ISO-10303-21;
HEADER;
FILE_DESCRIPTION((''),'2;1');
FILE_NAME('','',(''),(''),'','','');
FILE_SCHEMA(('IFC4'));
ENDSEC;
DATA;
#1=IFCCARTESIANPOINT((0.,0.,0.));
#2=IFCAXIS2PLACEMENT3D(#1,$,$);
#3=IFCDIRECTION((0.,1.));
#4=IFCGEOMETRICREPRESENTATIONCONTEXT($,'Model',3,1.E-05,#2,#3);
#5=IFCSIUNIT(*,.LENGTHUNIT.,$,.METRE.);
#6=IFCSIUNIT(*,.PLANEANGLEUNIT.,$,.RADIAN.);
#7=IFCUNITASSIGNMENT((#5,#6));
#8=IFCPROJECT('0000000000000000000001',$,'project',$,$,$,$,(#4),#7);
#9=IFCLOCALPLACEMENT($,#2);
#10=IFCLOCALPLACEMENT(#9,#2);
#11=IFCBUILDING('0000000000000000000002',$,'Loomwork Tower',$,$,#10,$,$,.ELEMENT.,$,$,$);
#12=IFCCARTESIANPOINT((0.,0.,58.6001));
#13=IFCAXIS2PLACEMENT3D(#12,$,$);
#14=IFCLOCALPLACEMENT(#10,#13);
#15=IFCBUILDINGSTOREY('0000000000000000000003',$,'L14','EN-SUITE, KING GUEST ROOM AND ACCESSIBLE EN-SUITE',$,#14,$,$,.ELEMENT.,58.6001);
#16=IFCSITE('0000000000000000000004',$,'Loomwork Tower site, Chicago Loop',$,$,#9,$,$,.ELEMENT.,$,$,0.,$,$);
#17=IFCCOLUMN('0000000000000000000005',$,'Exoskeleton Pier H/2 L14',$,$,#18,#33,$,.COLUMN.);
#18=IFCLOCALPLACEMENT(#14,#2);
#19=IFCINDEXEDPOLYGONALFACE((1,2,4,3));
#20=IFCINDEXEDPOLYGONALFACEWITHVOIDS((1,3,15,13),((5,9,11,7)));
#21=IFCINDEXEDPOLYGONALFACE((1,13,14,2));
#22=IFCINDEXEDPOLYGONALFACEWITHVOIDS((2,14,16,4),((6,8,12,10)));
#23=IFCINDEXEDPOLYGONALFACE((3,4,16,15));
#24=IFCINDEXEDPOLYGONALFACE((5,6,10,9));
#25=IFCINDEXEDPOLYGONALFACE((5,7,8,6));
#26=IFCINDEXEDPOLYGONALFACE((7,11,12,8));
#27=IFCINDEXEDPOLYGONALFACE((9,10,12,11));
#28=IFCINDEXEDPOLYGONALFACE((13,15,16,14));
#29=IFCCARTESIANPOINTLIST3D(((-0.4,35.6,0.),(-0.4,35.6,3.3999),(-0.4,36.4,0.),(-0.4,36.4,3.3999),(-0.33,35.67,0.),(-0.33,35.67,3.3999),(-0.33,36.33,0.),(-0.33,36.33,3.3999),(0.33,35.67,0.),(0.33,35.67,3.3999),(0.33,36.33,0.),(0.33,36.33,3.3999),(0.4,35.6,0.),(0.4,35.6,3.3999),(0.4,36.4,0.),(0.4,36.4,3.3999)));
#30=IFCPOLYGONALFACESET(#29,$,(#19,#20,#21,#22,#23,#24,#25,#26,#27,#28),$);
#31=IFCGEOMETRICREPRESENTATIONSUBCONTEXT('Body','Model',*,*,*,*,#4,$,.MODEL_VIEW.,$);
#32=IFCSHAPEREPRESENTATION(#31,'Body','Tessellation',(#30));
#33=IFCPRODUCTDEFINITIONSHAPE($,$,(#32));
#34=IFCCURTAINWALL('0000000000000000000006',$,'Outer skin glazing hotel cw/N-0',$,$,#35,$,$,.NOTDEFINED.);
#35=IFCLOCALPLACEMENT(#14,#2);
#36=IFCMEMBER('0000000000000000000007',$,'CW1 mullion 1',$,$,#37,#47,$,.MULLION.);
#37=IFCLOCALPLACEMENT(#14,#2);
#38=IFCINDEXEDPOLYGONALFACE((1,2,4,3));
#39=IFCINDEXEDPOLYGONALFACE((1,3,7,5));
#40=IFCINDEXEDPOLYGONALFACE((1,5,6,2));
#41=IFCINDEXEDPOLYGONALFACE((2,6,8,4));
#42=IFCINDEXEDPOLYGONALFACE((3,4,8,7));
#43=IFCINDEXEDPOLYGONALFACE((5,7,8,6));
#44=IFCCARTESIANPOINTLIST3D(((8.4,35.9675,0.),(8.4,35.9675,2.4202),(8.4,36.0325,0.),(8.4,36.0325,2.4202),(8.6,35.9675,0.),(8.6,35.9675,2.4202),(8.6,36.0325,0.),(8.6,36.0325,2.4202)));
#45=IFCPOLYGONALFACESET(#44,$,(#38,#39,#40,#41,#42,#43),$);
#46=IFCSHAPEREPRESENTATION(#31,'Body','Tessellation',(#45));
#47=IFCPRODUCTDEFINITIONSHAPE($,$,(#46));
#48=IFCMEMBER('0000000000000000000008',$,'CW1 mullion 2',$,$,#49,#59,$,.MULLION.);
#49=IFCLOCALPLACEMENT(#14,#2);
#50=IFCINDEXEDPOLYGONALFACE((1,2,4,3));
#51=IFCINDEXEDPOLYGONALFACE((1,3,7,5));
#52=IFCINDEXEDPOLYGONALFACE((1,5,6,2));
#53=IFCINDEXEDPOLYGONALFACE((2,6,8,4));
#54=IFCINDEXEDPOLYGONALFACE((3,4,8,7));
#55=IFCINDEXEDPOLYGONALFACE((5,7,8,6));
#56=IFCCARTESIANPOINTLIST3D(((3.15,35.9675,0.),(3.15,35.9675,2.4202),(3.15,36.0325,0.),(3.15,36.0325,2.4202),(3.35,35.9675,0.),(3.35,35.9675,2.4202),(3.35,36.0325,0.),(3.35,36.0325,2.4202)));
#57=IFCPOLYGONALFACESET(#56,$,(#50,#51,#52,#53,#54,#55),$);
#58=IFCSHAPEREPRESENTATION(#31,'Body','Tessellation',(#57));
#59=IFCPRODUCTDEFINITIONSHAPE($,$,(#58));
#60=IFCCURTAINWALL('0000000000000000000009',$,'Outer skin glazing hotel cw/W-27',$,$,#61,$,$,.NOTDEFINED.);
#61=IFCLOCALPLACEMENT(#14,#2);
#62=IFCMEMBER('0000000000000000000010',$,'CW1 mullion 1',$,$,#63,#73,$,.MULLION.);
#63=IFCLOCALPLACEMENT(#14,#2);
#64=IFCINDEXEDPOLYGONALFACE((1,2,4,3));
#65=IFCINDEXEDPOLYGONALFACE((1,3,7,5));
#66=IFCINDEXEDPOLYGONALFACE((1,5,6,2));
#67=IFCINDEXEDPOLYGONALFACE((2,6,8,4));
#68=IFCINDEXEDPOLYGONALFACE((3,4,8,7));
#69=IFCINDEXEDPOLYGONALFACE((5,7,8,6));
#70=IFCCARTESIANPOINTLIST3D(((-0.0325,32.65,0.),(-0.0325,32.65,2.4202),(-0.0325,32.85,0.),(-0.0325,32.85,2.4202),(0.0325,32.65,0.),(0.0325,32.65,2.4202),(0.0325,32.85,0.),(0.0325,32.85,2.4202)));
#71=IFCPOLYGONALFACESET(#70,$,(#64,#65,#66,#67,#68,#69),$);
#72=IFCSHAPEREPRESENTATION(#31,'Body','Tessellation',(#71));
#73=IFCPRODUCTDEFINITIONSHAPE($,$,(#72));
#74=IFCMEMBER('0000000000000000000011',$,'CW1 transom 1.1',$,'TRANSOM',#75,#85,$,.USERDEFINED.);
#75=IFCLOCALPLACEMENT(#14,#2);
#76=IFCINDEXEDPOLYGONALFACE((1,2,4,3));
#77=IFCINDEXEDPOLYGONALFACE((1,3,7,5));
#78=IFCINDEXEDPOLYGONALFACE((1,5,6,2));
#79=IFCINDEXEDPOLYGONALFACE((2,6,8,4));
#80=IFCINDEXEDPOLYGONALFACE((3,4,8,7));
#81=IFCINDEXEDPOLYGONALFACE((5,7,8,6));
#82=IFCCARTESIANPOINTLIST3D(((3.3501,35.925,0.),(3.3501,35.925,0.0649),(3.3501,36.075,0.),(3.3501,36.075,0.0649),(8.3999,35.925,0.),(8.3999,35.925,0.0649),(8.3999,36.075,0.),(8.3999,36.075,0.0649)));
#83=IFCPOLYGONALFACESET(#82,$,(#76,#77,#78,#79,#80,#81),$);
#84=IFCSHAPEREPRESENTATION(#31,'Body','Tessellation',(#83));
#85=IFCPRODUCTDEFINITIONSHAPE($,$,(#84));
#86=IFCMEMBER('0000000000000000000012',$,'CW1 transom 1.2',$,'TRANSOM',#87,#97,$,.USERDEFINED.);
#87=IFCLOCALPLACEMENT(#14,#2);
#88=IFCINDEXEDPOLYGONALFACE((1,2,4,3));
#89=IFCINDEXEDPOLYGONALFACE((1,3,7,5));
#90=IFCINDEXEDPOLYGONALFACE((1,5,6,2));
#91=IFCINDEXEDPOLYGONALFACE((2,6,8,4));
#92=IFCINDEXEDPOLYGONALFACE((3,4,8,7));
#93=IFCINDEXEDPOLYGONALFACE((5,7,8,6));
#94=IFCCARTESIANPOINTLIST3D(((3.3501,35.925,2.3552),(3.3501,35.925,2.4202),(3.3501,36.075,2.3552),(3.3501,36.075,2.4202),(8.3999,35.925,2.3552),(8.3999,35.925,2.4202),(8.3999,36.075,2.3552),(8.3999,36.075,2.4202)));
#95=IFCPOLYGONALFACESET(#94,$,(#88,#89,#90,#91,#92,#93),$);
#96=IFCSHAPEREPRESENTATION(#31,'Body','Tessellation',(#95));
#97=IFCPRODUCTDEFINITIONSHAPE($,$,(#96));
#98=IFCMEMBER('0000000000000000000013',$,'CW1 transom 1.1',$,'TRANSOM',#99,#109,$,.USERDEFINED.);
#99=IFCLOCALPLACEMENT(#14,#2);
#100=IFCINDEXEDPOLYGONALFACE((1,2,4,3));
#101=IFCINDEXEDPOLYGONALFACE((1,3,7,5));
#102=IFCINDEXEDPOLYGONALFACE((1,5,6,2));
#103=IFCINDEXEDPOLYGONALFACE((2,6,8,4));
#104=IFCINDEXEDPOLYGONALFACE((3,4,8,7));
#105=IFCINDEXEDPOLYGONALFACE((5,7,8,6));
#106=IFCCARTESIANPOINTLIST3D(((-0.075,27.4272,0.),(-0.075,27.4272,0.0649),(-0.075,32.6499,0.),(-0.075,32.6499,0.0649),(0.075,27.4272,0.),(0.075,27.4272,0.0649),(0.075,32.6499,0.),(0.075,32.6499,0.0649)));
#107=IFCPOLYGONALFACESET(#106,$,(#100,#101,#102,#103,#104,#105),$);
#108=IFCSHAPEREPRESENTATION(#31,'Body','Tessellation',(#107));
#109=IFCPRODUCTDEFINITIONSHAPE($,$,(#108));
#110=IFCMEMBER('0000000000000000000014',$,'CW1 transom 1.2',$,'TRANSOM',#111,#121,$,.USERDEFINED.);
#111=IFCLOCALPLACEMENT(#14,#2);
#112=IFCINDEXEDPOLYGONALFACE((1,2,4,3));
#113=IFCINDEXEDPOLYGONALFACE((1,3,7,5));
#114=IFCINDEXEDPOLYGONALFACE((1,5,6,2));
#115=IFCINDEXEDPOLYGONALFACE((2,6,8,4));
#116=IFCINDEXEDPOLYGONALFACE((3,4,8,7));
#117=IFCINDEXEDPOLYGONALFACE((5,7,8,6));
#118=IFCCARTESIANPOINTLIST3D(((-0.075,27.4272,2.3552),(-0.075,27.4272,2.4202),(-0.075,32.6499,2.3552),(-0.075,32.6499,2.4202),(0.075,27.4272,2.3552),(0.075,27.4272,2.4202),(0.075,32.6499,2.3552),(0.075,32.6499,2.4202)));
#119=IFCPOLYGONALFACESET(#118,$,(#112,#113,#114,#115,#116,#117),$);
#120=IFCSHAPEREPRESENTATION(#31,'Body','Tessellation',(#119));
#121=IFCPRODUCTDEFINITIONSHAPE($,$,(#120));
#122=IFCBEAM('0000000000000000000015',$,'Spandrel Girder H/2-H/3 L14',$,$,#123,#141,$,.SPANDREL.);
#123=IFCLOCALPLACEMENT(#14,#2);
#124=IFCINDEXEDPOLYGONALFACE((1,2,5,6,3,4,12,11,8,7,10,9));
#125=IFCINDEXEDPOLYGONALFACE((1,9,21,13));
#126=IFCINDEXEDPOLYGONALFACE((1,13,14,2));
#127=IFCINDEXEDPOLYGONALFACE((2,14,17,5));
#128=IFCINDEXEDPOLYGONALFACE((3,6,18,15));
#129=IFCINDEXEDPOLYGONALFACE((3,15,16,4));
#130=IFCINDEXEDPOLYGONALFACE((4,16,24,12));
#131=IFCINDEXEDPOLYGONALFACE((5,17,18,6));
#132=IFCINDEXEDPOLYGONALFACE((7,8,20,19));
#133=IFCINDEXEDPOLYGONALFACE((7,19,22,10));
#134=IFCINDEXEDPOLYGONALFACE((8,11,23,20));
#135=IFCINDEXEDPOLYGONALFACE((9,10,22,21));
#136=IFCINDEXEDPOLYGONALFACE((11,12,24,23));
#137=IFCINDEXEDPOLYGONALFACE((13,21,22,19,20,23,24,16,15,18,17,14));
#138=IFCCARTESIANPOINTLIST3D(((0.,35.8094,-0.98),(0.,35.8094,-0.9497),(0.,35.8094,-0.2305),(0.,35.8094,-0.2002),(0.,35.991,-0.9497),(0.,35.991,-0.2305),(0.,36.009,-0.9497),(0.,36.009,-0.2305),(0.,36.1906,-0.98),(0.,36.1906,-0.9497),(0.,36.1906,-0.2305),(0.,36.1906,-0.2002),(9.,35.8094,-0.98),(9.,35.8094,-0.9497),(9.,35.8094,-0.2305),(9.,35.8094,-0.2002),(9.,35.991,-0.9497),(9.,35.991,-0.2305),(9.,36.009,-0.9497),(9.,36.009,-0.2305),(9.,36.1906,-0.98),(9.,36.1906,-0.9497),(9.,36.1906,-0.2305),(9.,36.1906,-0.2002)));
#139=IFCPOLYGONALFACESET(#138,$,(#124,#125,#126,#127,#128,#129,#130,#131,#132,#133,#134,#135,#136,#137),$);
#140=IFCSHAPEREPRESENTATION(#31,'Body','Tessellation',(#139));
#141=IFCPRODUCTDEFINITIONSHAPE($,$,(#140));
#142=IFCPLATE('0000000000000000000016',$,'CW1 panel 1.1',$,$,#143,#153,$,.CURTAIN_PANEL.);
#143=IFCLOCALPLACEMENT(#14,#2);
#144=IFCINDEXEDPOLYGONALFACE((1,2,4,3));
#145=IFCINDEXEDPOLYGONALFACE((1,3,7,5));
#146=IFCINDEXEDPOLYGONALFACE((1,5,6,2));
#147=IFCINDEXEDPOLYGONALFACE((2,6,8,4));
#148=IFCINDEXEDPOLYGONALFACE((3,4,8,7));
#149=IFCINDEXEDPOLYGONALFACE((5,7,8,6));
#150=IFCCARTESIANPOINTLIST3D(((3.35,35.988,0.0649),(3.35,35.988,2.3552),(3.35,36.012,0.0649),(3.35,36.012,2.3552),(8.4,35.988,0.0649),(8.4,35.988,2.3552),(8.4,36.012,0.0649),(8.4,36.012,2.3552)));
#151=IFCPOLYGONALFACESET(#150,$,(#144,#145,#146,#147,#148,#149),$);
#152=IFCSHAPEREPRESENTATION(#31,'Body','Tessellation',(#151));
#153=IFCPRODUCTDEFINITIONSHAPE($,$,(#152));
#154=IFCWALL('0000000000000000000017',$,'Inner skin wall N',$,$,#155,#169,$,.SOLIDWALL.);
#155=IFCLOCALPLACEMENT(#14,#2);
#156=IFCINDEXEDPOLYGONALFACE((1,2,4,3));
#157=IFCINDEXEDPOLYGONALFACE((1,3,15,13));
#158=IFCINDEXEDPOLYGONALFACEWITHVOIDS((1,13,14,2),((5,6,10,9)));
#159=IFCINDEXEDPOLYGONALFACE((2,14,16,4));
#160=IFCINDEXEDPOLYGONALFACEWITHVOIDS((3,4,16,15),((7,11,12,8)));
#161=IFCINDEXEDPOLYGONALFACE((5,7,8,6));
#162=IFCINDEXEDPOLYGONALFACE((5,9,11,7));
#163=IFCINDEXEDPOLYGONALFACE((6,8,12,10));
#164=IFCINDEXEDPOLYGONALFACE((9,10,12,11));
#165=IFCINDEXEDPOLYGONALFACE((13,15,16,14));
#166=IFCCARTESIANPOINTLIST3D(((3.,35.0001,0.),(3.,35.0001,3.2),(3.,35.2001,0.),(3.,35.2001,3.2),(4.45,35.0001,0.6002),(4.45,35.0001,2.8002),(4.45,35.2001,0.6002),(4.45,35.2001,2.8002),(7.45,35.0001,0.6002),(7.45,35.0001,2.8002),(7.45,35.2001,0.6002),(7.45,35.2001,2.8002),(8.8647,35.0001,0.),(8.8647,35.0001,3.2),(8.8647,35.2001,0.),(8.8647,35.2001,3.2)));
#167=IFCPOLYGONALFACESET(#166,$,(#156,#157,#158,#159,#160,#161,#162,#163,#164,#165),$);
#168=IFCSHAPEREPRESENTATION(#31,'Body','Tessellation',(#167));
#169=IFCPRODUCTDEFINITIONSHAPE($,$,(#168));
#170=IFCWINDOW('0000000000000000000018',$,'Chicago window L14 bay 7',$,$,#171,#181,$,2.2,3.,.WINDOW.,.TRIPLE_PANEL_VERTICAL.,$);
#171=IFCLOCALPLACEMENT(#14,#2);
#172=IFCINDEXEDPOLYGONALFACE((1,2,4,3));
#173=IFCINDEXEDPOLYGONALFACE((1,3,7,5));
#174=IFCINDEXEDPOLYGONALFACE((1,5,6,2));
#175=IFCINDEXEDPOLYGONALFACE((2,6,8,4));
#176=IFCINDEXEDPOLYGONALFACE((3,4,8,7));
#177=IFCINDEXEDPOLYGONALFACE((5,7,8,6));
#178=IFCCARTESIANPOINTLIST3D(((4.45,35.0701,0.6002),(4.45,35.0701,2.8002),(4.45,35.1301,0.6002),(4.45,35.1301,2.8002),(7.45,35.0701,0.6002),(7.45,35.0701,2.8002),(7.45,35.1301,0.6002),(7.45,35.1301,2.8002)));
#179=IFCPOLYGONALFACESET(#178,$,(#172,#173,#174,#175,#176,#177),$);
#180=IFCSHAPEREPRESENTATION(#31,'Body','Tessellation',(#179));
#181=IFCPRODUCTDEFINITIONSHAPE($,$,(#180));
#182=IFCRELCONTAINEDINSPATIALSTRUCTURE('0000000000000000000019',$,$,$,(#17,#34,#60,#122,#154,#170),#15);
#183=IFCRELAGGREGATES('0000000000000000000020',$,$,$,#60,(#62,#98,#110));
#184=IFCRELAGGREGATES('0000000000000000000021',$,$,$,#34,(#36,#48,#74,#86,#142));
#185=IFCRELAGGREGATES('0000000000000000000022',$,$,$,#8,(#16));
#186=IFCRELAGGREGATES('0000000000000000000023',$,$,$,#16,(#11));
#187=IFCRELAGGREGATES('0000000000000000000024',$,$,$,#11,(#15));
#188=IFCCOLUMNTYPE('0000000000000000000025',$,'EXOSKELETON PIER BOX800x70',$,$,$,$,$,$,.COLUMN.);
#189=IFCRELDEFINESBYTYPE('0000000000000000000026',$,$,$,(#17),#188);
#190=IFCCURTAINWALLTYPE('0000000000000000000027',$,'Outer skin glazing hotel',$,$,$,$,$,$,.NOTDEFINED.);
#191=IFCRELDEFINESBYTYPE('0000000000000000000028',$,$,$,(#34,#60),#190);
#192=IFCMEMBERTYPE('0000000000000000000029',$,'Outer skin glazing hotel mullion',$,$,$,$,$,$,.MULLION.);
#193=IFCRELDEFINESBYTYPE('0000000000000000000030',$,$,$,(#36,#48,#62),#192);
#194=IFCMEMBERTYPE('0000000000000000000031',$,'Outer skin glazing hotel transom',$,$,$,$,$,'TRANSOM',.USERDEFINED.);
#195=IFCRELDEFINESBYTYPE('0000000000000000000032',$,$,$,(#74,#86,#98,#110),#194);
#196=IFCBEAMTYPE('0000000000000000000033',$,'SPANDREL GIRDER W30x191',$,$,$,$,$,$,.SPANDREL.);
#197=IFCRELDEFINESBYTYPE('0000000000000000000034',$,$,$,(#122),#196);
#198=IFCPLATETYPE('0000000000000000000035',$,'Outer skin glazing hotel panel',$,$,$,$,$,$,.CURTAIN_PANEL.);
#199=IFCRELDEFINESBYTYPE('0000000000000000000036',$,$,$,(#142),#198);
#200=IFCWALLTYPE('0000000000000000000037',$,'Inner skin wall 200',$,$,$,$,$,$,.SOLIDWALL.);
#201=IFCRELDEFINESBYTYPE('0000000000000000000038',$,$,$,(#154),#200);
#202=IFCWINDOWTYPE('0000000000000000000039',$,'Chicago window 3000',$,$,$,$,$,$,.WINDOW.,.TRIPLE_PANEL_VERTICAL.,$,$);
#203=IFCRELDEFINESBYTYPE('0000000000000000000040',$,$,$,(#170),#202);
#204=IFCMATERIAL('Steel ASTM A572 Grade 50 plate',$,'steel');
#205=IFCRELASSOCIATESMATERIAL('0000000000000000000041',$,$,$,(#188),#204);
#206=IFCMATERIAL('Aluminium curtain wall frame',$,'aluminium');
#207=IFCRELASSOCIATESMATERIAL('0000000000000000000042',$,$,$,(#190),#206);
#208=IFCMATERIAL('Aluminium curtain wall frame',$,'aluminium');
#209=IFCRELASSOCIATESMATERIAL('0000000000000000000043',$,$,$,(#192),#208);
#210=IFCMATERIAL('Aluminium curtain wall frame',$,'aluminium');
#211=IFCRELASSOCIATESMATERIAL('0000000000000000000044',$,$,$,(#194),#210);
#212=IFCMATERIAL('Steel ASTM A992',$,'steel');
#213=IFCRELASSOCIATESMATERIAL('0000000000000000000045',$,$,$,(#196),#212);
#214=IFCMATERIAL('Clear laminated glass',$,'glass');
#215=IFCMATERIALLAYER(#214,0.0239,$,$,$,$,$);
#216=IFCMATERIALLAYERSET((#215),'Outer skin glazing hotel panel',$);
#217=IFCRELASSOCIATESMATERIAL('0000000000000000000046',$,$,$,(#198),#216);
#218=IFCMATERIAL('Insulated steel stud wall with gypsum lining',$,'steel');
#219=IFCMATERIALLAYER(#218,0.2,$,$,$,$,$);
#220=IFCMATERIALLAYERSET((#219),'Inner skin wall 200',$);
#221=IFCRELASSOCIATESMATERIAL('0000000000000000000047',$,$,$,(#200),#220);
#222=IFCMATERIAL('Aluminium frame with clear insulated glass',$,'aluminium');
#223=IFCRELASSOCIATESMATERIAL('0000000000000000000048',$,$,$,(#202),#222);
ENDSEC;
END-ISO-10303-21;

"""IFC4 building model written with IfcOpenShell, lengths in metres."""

from ifc_helpers import new_model, si_unit, direction, frame, frame_2d, origin, origin_2d, place, context, subcontext, project, spatial, rectangle, hollow_rectangle, i_section, extrude, material, layer, layer_set, material_profile, profile_set, type_object, element, fill, aggregate, save


model = new_model("IFC4")

# Units and contexts
model_context = context("Model", 3, precision=1e-05, world=origin(), true_north=direction((0.0, 1.0)))
body_context = subcontext(model_context, "Body", "Model", "MODEL_VIEW")
ifc_project = project(units=[si_unit("LENGTHUNIT", "METRE"), si_unit("PLANEANGLEUNIT", "RADIAN")], contexts=[model_context])

# Site, building, storey
site_placement = place(None, origin())
site = spatial("IfcSite", under=ifc_project, at=site_placement, Name="Loomwork Tower site, Chicago Loop", CompositionType="ELEMENT", RefElevation=0.0)
building_placement = place(site_placement, origin())
building = spatial("IfcBuilding", under=site, at=building_placement, Name="Loomwork Tower", CompositionType="ELEMENT")
storey_placement = place(building_placement, frame((0.0, 0.0, 58.6001)))
storey = spatial("IfcBuildingStorey", under=building, at=storey_placement, Name="L14", Description="EN-SUITE, KING GUEST ROOM AND ACCESSIBLE EN-SUITE", CompositionType="ELEMENT", Elevation=58.6001)

# Column
ifc_material_1 = material(Name="Steel ASTM A572 Grade 50 plate", Category="steel")
ifc_material_profile_1 = material_profile(ifc_material_1, hollow_rectangle(XDim=0.8, YDim=0.8, WallThickness=0.0701, at=origin_2d()), Name="BOX800x70")
ifc_profile_set_1 = profile_set([ifc_material_profile_1], Name="Steel ASTM A572 Grade 50 plate")
column_type = type_object("IfcColumnType", Name="EXOSKELETON PIER BOX800x70", PredefinedType="COLUMN", material=ifc_profile_set_1)
column_placement = place(storey_placement, frame((0.0, 36.0, 0.0), z_axis=(0.0, 0.0, 1.0), x_axis=(1.0, 0.0, 0.0)))
element("IfcColumn", 1, at=column_placement, inside=storey, type_object=column_type, Name="Exoskeleton Pier H/2 L14", PredefinedType="COLUMN", context=body_context, shape_type="SweptSolid", body=[
    extrude(hollow_rectangle(XDim=0.8, YDim=0.8, WallThickness=0.0701, at=origin_2d()), origin(), (0.0, 0.0, 1.0), 3.3999),
])

# Curtain wall, members
ifc_material_2 = material(Name="Aluminium curtain wall frame", Category="aluminium")
curtain_wall_type = type_object("IfcCurtainWallType", Name="Outer skin glazing hotel", PredefinedType="NOTDEFINED", material=ifc_material_2)
curtain_wall_1_placement = place(storey_placement, origin())
curtain_wall_1 = element("IfcCurtainWall", 2, at=curtain_wall_1_placement, inside=storey, type_object=curtain_wall_type, Name="Outer skin glazing hotel cw/N-0", PredefinedType="NOTDEFINED")
ifc_material_3 = material(Name="Aluminium curtain wall frame", Category="aluminium")
ifc_material_profile_2 = material_profile(ifc_material_3, rectangle(XDim=0.0649, YDim=0.2, at=origin_2d()), Name="AL 65x200")
ifc_profile_set_2 = profile_set([ifc_material_profile_2], Name="Aluminium curtain wall frame")
member_type_1 = type_object("IfcMemberType", Name="Outer skin glazing hotel mullion", PredefinedType="MULLION", material=ifc_profile_set_2)
member_1_placement = place(storey_placement, frame((8.5, 36.0, 0.0), z_axis=(0.0, 0.0, 1.0), x_axis=(0.0, -1.0, 0.0)))
member_1 = element("IfcMember", 3, at=member_1_placement, type_object=member_type_1, Name="CW1 mullion 1", PredefinedType="MULLION", context=body_context, shape_type="SweptSolid", body=[
    extrude(rectangle(XDim=0.0649, YDim=0.2, at=origin_2d()), origin(), (0.0, 0.0, 1.0), 2.4202),
])
member_2_placement = place(storey_placement, frame((3.25, 36.0, 0.0), z_axis=(0.0, 0.0, 1.0), x_axis=(0.0, -1.0, 0.0)))
member_2 = element("IfcMember", 4, at=member_2_placement, type_object=member_type_1, Name="CW1 mullion 2", PredefinedType="MULLION", context=body_context, shape_type="SweptSolid", body=[
    extrude(rectangle(XDim=0.0649, YDim=0.2, at=origin_2d()), origin(), (0.0, 0.0, 1.0), 2.4202),
])

# Curtain wall, member
curtain_wall_2_placement = place(storey_placement, origin())
curtain_wall_2 = element("IfcCurtainWall", 5, at=curtain_wall_2_placement, inside=storey, type_object=curtain_wall_type, Name="Outer skin glazing hotel cw/W-27", PredefinedType="NOTDEFINED")
member_3_placement = place(storey_placement, frame((0.0, 32.75, 0.0), z_axis=(0.0, 0.0, 1.0), x_axis=(1.0, 0.0, 0.0)))
member_3 = element("IfcMember", 6, at=member_3_placement, type_object=member_type_1, Name="CW1 mullion 1", PredefinedType="MULLION", context=body_context, shape_type="SweptSolid", body=[
    extrude(rectangle(XDim=0.0649, YDim=0.2, at=origin_2d()), origin(), (0.0, 0.0, 1.0), 2.4202),
])

# Members
ifc_material_4 = material(Name="Aluminium curtain wall frame", Category="aluminium")
ifc_material_profile_3 = material_profile(ifc_material_4, rectangle(XDim=0.1499, YDim=0.0649, at=origin_2d()), Name="AL 65x150")
ifc_profile_set_3 = profile_set([ifc_material_profile_3], Name="Aluminium curtain wall frame")
member_type_2 = type_object("IfcMemberType", Name="Outer skin glazing hotel transom", ElementType="TRANSOM", PredefinedType="USERDEFINED", material=ifc_profile_set_3)
member_4_placement = place(storey_placement, frame((8.3999, 36.0, 0.0325), z_axis=(-1.0, 0.0, 0.0), x_axis=(0.0, -1.0, 0.0)))
member_4 = element("IfcMember", 7, at=member_4_placement, type_object=member_type_2, Name="CW1 transom 1.1", ObjectType="TRANSOM", PredefinedType="USERDEFINED", context=body_context, shape_type="SweptSolid", body=[
    extrude(rectangle(XDim=0.1499, YDim=0.0649, at=origin_2d()), origin(), (0.0, 0.0, 1.0), 5.0498),
])
member_5_placement = place(storey_placement, frame((8.3999, 36.0, 2.3877), z_axis=(-1.0, 0.0, 0.0), x_axis=(0.0, -1.0, 0.0)))
member_5 = element("IfcMember", 8, at=member_5_placement, type_object=member_type_2, Name="CW1 transom 1.2", ObjectType="TRANSOM", PredefinedType="USERDEFINED", context=body_context, shape_type="SweptSolid", body=[
    extrude(rectangle(XDim=0.1499, YDim=0.0649, at=origin_2d()), origin(), (0.0, 0.0, 1.0), 5.0498),
])
member_6_placement = place(storey_placement, frame((0.0, 32.6499, 0.0325), z_axis=(0.0, -1.0, 0.0), x_axis=(1.0, 0.0, 0.0)))
member_6 = element("IfcMember", 9, at=member_6_placement, type_object=member_type_2, Name="CW1 transom 1.1", ObjectType="TRANSOM", PredefinedType="USERDEFINED", context=body_context, shape_type="SweptSolid", body=[
    extrude(rectangle(XDim=0.1499, YDim=0.0649, at=origin_2d()), origin(), (0.0, 0.0, 1.0), 5.2227),
])
member_7_placement = place(storey_placement, frame((0.0, 32.6499, 2.3877), z_axis=(0.0, -1.0, 0.0), x_axis=(1.0, 0.0, 0.0)))
member_7 = element("IfcMember", 10, at=member_7_placement, type_object=member_type_2, Name="CW1 transom 1.2", ObjectType="TRANSOM", PredefinedType="USERDEFINED", context=body_context, shape_type="SweptSolid", body=[
    extrude(rectangle(XDim=0.1499, YDim=0.0649, at=origin_2d()), origin(), (0.0, 0.0, 1.0), 5.2227),
])
aggregate(curtain_wall_2, [member_3, member_6, member_7])

# Beam
ifc_material_5 = material(Name="Steel ASTM A992", Category="steel")
ifc_material_profile_4 = material_profile(ifc_material_5, i_section(OverallWidth=0.3811, OverallDepth=0.7798, WebThickness=0.0181, FlangeThickness=0.0303, at=origin_2d()), Name="W30x191")
ifc_profile_set_4 = profile_set([ifc_material_profile_4], Name="Steel ASTM A992")
beam_type = type_object("IfcBeamType", Name="SPANDREL GIRDER W30x191", PredefinedType="SPANDREL", material=ifc_profile_set_4)
beam_placement = place(storey_placement, frame((0.0, 36.0, -0.5901), z_axis=(1.0, 0.0, 0.0), x_axis=(0.0, 1.0, 0.0)))
element("IfcBeam", 11, at=beam_placement, inside=storey, type_object=beam_type, Name="Spandrel Girder H/2-H/3 L14", PredefinedType="SPANDREL", context=body_context, shape_type="SweptSolid", body=[
    extrude(i_section(OverallWidth=0.3811, OverallDepth=0.7798, WebThickness=0.0181, FlangeThickness=0.0303, at=origin_2d()), origin(), (0.0, 0.0, 1.0), 9.0),
])

# Plate
ifc_material_6 = material(Name="Clear laminated glass", Category="glass")
ifc_layer_1 = layer(ifc_material_6, 0.0239)
ifc_layer_set_1 = layer_set([ifc_layer_1], Name="Outer skin glazing hotel panel")
plate_type = type_object("IfcPlateType", Name="Outer skin glazing hotel panel", PredefinedType="CURTAIN_PANEL", material=ifc_layer_set_1)
plate_placement = place(storey_placement, frame((5.875, 36.0, 0.0649), z_axis=(0.0, 0.0, 1.0), x_axis=(-1.0, 0.0, 0.0)))
plate = element("IfcPlate", 12, at=plate_placement, type_object=plate_type, Name="CW1 panel 1.1", PredefinedType="CURTAIN_PANEL", context=body_context, shape_type="SweptSolid", body=[
    extrude(rectangle(XDim=5.05, YDim=0.0239, at=origin_2d()), origin(), (0.0, 0.0, 1.0), 2.2903),
])
aggregate(curtain_wall_1, [member_1, member_2, member_4, member_5, plate])

# Wall, opening, window
ifc_material_7 = material(Name="Insulated steel stud wall with gypsum lining", Category="steel")
ifc_layer_2 = layer(ifc_material_7, 0.2)
ifc_layer_set_2 = layer_set([ifc_layer_2], Name="Inner skin wall 200")
wall_type_1 = type_object("IfcWallType", Name="Inner skin wall 200", PredefinedType="SOLIDWALL", material=ifc_layer_set_2)
wall_1_placement = place(storey_placement, frame((3.0, 35.1001, 0.0), z_axis=(0.0, 0.0, 1.0), x_axis=(1.0, 0.0, 0.0)))
wall_1 = element("IfcWall", 13, at=wall_1_placement, inside=storey, type_object=wall_type_1, Name="Inner skin wall N", PredefinedType="SOLIDWALL", context=body_context, shape_type="SweptSolid", body=[
    extrude(rectangle(XDim=5.8647, YDim=0.2, at=frame_2d((2.9324, 0.0))), origin(), (0.0, 0.0, 1.0), 3.2),
])
opening_1_placement = place(wall_1_placement, frame((1.45, 0.0, 0.6001)))
opening_1 = element("IfcOpeningElement", 14, at=opening_1_placement, cuts=wall_1, PredefinedType="OPENING", context=body_context, shape_type="SweptSolid", body=[
    extrude(rectangle(XDim=3.0, YDim=2.2, at=frame_2d((1.5, 1.1001))), frame((0.0, 0.1099, 0.0), z_axis=(0.0, -1.0, 0.0), x_axis=(1.0, 0.0, 0.0)), (0.0, 0.0, 1.0), 0.22),
])
ifc_material_8 = material(Name="Aluminium frame with clear insulated glass", Category="aluminium")
window_type_1 = type_object("IfcWindowType", Name="Chicago window 3000", PartitioningType="TRIPLE_PANEL_VERTICAL", PredefinedType="WINDOW", material=ifc_material_8)
window_1_placement = place(opening_1_placement, origin())
window_1 = element("IfcWindow", 15, at=window_1_placement, inside=storey, type_object=window_type_1, Name="Chicago window L14 bay 7", OverallHeight=2.2, OverallWidth=3.0, PartitioningType="TRIPLE_PANEL_VERTICAL", PredefinedType="WINDOW", context=body_context, shape_type="SweptSolid", body=[
    extrude(rectangle(XDim=3.0, YDim=2.2, at=frame_2d((1.5, 1.1001))), frame((0.0, 0.03, 0.0), z_axis=(0.0, -1.0, 0.0), x_axis=(1.0, 0.0, 0.0)), (0.0, 0.0, 1.0), 0.0601),
])
fill(opening_1, window_1)

save(model, "model.ifc")
